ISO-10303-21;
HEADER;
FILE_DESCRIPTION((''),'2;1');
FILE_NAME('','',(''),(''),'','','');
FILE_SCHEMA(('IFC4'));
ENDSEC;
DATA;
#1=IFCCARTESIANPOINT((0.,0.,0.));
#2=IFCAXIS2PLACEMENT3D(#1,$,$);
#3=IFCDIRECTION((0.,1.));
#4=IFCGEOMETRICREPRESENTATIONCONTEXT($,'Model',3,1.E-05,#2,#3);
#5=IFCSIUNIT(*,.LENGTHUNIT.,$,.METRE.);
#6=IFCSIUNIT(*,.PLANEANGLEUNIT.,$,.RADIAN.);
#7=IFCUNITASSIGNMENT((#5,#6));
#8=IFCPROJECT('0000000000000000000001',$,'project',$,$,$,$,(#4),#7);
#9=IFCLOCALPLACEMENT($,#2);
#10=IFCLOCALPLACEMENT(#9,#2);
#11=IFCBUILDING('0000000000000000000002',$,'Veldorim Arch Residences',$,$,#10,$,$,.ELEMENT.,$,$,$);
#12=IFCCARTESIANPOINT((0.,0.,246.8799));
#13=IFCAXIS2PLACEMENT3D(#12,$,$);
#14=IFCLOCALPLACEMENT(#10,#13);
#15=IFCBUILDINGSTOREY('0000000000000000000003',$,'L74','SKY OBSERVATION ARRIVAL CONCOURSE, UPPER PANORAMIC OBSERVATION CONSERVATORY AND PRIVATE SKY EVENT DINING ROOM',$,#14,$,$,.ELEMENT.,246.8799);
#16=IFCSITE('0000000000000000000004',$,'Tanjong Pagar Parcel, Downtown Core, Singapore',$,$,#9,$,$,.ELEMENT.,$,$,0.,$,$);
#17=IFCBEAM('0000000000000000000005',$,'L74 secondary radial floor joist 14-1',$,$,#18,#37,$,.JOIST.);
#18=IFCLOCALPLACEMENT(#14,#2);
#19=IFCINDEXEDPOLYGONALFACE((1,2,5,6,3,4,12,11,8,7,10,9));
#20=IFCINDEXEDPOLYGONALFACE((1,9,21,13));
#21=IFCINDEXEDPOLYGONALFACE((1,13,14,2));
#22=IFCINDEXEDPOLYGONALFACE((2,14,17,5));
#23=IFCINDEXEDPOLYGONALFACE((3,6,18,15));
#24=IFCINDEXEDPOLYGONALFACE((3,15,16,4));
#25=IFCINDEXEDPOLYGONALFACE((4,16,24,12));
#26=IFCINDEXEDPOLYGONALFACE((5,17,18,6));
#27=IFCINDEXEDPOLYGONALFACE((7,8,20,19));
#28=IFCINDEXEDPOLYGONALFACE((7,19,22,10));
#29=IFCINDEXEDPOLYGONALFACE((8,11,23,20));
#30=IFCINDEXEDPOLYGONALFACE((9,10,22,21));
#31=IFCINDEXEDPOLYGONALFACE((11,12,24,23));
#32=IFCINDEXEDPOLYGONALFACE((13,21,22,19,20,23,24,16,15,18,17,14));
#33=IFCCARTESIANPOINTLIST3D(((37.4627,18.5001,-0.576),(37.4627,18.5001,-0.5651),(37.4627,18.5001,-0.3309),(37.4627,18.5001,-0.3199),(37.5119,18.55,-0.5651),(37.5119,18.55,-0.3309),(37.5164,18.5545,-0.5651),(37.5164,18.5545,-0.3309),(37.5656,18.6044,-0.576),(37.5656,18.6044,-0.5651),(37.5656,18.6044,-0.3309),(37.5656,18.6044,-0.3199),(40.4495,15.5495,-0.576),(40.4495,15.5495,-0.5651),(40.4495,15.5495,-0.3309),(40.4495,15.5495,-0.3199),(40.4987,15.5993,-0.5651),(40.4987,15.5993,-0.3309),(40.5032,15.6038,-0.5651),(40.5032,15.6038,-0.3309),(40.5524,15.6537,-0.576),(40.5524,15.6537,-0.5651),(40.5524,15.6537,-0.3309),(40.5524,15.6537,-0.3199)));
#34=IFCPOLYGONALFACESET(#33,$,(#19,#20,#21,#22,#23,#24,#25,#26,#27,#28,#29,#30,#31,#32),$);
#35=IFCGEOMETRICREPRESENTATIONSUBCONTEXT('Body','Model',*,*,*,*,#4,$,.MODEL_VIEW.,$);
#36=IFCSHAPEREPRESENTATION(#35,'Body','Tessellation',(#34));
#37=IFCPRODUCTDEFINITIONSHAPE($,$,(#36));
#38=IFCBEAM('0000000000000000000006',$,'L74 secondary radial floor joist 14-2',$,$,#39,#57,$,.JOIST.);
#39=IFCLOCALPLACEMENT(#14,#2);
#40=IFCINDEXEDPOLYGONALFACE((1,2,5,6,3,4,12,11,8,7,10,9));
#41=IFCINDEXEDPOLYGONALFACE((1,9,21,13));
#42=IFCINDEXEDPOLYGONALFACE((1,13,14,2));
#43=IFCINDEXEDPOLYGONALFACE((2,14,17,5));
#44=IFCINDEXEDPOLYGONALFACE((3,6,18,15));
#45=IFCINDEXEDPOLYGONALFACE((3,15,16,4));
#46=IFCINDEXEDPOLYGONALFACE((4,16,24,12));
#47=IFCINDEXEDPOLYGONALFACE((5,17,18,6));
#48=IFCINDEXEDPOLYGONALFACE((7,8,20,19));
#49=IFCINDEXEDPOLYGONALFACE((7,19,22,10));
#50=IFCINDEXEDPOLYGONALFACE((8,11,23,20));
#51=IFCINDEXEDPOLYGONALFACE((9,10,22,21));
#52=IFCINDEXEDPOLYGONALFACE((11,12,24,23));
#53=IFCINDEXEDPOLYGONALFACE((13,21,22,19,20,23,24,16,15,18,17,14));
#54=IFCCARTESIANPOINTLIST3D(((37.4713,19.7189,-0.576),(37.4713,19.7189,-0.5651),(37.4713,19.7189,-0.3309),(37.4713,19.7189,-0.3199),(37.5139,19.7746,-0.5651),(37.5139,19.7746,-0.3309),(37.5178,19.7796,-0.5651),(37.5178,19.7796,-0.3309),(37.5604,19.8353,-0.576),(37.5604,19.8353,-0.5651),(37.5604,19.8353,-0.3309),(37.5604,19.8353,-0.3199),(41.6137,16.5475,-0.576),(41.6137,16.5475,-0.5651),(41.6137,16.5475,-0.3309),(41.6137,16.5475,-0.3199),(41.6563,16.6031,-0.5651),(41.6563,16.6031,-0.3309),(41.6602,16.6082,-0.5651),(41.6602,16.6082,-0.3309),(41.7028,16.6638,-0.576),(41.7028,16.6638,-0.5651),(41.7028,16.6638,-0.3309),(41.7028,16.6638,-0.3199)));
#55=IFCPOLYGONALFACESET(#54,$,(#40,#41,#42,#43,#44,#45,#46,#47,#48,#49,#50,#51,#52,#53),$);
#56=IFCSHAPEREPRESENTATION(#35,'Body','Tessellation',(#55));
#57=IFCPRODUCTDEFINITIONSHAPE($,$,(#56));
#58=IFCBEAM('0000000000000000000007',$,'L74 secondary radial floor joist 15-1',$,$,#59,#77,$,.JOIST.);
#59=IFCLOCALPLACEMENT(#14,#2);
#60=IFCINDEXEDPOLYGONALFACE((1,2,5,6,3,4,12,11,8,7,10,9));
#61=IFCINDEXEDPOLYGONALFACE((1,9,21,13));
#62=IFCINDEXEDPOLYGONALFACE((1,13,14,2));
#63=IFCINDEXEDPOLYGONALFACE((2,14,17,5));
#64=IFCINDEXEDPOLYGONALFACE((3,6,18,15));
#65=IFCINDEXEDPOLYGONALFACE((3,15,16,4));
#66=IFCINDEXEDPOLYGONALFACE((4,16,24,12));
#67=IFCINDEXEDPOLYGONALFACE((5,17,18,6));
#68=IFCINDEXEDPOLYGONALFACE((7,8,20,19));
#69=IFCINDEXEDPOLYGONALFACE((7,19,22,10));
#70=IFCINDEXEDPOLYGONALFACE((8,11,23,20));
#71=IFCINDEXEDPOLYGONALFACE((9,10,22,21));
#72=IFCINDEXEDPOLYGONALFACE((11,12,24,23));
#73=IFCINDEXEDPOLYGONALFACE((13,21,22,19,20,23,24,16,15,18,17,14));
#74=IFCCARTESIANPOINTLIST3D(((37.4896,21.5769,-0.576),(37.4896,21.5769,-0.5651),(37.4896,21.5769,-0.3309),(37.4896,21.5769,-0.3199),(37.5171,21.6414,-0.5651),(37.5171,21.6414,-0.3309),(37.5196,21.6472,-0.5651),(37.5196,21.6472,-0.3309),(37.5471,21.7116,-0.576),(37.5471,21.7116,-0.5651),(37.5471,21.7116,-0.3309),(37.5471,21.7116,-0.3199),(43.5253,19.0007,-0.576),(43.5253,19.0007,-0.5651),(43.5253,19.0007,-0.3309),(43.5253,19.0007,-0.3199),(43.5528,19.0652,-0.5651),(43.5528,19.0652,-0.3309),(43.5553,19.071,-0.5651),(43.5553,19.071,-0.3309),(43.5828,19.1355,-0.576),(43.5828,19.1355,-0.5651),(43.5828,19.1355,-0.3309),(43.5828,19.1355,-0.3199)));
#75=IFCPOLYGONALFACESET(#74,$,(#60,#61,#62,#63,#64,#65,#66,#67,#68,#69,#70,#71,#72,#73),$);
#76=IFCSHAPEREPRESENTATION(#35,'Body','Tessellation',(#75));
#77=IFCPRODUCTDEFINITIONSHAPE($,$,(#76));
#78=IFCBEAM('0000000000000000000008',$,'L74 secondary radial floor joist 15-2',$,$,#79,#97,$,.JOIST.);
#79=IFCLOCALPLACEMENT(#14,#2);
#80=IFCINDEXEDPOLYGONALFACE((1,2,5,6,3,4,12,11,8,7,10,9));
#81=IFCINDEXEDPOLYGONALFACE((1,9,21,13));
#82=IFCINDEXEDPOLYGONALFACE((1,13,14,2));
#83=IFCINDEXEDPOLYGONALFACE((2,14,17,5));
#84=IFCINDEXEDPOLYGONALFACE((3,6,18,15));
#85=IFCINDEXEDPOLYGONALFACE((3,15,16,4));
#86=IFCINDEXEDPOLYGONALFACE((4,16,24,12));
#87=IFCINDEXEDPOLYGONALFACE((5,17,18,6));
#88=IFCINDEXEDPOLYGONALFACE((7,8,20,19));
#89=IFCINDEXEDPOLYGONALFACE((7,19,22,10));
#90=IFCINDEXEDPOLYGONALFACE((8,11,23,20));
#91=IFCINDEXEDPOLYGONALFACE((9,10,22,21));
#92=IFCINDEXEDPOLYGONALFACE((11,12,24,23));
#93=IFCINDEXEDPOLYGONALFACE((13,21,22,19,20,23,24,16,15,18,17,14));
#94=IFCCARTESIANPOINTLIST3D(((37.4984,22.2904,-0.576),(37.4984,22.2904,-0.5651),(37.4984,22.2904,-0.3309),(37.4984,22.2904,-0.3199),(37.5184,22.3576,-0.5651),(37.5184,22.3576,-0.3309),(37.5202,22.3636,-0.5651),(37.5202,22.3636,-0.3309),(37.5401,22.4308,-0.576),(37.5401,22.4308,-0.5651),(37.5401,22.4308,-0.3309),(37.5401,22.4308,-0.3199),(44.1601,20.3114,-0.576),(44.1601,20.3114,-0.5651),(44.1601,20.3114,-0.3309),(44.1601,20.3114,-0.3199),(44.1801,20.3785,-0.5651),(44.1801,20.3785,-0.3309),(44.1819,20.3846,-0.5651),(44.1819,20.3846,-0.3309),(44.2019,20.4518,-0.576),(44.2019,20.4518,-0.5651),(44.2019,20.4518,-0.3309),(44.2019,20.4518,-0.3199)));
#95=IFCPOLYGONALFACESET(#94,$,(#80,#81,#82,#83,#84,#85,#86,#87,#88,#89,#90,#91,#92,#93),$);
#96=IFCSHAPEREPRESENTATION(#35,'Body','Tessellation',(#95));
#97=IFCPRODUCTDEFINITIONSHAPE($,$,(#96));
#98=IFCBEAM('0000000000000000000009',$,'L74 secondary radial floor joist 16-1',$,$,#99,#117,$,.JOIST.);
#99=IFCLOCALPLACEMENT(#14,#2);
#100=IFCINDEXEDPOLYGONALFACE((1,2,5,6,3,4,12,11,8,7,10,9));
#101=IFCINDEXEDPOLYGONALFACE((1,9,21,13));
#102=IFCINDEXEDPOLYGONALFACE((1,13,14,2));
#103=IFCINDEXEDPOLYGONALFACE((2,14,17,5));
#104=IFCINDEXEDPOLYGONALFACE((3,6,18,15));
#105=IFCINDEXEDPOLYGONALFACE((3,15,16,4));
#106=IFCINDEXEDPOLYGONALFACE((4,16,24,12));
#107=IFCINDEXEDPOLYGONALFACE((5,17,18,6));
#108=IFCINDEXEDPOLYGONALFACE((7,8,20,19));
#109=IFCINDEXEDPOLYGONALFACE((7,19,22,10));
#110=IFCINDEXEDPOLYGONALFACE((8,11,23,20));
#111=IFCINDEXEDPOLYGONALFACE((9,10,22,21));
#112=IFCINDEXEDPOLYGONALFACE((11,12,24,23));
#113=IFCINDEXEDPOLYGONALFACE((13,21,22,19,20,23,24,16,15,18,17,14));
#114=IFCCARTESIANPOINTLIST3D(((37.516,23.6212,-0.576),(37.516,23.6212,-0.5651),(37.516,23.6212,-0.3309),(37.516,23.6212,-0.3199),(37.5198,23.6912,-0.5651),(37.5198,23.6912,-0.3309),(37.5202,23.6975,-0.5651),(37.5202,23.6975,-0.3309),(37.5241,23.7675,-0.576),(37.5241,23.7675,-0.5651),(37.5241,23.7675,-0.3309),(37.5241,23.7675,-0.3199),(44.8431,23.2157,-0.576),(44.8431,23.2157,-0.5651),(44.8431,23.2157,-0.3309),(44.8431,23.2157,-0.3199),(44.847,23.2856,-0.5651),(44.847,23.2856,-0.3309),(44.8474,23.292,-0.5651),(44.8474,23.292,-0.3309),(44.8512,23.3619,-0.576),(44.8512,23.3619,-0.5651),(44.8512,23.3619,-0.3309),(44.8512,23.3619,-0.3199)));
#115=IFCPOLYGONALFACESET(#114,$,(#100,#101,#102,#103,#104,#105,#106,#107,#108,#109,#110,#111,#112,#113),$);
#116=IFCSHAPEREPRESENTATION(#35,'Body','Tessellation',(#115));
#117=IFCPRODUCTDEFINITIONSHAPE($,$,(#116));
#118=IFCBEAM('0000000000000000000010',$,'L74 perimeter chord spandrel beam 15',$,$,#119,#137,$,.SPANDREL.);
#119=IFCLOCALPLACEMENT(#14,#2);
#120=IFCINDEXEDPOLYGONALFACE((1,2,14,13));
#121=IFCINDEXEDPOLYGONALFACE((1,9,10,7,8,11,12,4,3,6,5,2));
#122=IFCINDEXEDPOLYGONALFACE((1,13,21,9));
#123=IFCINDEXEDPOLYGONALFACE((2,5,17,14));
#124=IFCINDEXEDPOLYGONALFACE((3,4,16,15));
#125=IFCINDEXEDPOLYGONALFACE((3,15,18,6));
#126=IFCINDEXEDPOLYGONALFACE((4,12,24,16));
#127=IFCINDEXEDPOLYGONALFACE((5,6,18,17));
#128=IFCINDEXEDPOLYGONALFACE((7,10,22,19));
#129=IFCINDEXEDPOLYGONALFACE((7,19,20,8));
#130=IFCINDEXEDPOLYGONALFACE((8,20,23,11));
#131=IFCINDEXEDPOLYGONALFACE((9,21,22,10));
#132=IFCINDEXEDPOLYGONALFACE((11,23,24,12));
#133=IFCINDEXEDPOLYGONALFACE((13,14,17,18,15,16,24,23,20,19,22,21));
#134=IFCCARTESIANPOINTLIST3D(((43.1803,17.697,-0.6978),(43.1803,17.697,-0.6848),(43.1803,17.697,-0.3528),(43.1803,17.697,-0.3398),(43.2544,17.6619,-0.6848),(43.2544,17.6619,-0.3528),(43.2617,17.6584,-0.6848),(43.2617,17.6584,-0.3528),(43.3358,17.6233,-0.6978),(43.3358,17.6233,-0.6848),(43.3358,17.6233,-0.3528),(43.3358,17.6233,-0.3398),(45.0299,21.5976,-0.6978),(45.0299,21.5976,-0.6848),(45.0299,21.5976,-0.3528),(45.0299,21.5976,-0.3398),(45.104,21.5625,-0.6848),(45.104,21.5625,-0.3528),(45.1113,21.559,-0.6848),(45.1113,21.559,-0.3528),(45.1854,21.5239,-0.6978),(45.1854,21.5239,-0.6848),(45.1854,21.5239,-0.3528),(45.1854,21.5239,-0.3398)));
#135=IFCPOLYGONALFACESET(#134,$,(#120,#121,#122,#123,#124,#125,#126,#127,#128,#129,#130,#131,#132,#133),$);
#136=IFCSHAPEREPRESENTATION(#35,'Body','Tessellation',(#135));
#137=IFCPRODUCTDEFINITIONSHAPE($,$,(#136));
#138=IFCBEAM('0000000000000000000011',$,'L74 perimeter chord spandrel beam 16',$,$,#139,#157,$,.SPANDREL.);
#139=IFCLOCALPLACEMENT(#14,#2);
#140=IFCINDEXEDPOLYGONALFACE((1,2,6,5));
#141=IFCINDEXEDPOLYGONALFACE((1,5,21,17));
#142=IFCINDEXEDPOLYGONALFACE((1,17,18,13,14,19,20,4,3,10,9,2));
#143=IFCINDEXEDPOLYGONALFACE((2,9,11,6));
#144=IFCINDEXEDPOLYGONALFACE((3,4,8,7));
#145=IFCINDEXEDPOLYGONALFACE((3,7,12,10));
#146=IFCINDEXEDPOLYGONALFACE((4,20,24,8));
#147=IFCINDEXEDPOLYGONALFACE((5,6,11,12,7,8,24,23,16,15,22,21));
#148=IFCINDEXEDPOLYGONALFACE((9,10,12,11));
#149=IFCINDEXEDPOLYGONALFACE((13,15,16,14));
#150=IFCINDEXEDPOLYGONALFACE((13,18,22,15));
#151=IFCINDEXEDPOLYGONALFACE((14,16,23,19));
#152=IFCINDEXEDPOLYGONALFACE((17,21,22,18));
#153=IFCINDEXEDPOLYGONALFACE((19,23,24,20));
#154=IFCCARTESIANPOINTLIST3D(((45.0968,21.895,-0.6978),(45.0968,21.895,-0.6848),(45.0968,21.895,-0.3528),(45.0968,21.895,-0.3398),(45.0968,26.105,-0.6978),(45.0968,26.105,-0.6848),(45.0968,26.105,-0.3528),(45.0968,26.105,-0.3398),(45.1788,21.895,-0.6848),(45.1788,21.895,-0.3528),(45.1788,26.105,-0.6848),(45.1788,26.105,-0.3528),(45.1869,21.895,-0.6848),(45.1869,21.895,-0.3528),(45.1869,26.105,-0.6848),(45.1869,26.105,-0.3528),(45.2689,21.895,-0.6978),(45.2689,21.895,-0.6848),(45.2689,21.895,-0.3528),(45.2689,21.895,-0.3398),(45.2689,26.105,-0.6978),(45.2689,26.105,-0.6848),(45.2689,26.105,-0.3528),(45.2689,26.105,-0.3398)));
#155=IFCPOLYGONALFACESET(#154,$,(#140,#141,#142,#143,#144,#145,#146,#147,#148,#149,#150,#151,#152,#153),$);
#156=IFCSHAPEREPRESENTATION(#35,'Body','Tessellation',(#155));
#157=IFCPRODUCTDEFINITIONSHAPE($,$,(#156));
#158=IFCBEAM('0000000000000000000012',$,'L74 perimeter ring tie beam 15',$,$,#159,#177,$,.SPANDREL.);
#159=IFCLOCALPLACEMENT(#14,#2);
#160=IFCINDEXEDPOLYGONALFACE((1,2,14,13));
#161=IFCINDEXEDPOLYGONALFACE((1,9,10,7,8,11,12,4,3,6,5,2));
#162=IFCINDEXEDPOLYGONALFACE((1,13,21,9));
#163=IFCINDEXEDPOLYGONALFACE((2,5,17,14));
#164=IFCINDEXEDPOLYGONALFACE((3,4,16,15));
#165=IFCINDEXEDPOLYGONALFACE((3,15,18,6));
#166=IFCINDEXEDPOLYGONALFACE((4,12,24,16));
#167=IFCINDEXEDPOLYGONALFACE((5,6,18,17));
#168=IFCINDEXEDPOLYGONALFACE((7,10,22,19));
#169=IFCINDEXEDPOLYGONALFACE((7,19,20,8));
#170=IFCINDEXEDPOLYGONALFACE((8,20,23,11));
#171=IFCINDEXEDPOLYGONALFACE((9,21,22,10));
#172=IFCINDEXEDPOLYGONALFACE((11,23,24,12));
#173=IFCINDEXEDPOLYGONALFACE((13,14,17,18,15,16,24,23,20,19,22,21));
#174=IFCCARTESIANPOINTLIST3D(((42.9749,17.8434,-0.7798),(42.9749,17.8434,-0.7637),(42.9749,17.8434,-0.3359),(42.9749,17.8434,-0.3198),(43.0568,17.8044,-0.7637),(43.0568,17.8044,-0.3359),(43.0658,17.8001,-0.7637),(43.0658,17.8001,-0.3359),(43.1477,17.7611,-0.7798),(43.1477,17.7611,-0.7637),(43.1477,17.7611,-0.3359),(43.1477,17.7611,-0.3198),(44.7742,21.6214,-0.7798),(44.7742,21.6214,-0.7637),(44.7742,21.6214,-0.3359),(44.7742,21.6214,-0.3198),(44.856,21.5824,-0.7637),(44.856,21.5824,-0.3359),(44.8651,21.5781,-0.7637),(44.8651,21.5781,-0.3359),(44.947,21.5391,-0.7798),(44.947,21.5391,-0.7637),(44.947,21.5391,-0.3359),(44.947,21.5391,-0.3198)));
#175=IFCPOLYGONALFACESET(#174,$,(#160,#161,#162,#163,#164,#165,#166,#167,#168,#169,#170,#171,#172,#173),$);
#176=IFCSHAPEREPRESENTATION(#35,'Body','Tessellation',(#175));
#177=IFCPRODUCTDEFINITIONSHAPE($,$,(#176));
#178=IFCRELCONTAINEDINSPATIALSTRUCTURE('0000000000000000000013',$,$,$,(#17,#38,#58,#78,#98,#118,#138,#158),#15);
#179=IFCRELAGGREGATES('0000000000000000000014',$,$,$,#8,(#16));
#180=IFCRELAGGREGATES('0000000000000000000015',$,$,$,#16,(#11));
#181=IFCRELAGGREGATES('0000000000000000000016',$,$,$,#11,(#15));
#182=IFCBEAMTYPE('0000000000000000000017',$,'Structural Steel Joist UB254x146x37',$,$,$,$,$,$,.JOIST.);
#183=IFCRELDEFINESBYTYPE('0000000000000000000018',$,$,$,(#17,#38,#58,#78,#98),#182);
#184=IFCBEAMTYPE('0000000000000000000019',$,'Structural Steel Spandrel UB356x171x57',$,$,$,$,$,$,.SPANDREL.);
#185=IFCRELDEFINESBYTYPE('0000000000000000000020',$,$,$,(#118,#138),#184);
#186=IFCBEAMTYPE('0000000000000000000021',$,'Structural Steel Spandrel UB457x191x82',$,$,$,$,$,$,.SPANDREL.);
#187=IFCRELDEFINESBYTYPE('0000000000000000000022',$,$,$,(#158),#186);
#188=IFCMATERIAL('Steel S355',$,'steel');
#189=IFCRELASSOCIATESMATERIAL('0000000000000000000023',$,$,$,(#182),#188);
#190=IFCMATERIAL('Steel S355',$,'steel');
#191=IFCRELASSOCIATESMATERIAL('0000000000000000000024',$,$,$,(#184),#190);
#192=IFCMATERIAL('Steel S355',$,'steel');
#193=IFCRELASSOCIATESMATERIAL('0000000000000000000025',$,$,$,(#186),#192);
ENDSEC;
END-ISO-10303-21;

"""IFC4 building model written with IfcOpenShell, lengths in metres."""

from ifc_helpers import new_model, si_unit, direction, frame, origin, origin_2d, place, context, subcontext, project, spatial, i_section, extrude, material, material_profile, profile_set, type_object, element, save


model = new_model("IFC4")

# Units and contexts
model_context = context("Model", 3, precision=1e-05, world=origin(), true_north=direction((0.0, 1.0)))
body_context = subcontext(model_context, "Body", "Model", "MODEL_VIEW")
ifc_project = project(units=[si_unit("LENGTHUNIT", "METRE"), si_unit("PLANEANGLEUNIT", "RADIAN")], contexts=[model_context])

# Site, building, storey
site_placement = place(None, origin())
site = spatial("IfcSite", under=ifc_project, at=site_placement, Name="Tanjong Pagar Parcel, Downtown Core, Singapore", CompositionType="ELEMENT", RefElevation=0.0)
building_placement = place(site_placement, origin())
building = spatial("IfcBuilding", under=site, at=building_placement, Name="Veldorim Arch Residences", CompositionType="ELEMENT")
storey_placement = place(building_placement, frame((0.0, 0.0, 246.8799)))
storey = spatial("IfcBuildingStorey", under=building, at=storey_placement, Name="L74", Description="SKY OBSERVATION ARRIVAL CONCOURSE, UPPER PANORAMIC OBSERVATION CONSERVATORY AND PRIVATE SKY EVENT DINING ROOM", CompositionType="ELEMENT", Elevation=246.8799)

# Beams
ifc_material_1 = material(Name="Steel S355", Category="steel")
ifc_material_profile_1 = material_profile(ifc_material_1, i_section(OverallWidth=0.1465, OverallDepth=0.2561, WebThickness=0.0063, FlangeThickness=0.011, at=origin_2d()), Name="UB254x146x37")
ifc_profile_set_1 = profile_set([ifc_material_profile_1], Name="Steel S355")
beam_type_1 = type_object("IfcBeamType", Name="Structural Steel Joist UB254x146x37", PredefinedType="JOIST", material=ifc_profile_set_1)
beam_1_placement = place(storey_placement, frame((37.5142, 18.5522, -0.448), z_axis=(0.711397, -0.702791, 0.0), x_axis=(0.702791, 0.711397, 0.0)))
element("IfcBeam", 1, at=beam_1_placement, inside=storey, type_object=beam_type_1, Name="L74 secondary radial floor joist 14-1", PredefinedType="JOIST", context=body_context, shape_type="SweptSolid", body=[
    extrude(i_section(OverallWidth=0.1465, OverallDepth=0.2561, WebThickness=0.0063, FlangeThickness=0.011, at=origin_2d()), origin(), (0.0, 0.0, 1.0), 4.1985),
])
beam_2_placement = place(storey_placement, frame((37.5159, 19.7771, -0.448), z_axis=(0.794014, -0.6079, 0.0), x_axis=(0.6079, 0.794014, 0.0)))
element("IfcBeam", 2, at=beam_2_placement, inside=storey, type_object=beam_type_1, Name="L74 secondary radial floor joist 14-2", PredefinedType="JOIST", context=body_context, shape_type="SweptSolid", body=[
    extrude(i_section(OverallWidth=0.1465, OverallDepth=0.2561, WebThickness=0.0063, FlangeThickness=0.011, at=origin_2d()), origin(), (0.0, 0.0, 1.0), 5.217),
])
beam_3_placement = place(storey_placement, frame((37.5183, 21.6443, -0.448), z_axis=(0.919725, -0.392563, 0.0), x_axis=(0.392563, 0.919725, 0.0)))
element("IfcBeam", 3, at=beam_3_placement, inside=storey, type_object=beam_type_1, Name="L74 secondary radial floor joist 15-1", PredefinedType="JOIST", context=body_context, shape_type="SweptSolid", body=[
    extrude(i_section(OverallWidth=0.1465, OverallDepth=0.2561, WebThickness=0.0063, FlangeThickness=0.011, at=origin_2d()), origin(), (0.0, 0.0, 1.0), 6.5625),
])
beam_4_placement = place(storey_placement, frame((37.5193, 22.3606, -0.448), z_axis=(0.958594, -0.284775, 0.0), x_axis=(0.284775, 0.958594, 0.0)))
element("IfcBeam", 4, at=beam_4_placement, inside=storey, type_object=beam_type_1, Name="L74 secondary radial floor joist 15-2", PredefinedType="JOIST", context=body_context, shape_type="SweptSolid", body=[
    extrude(i_section(OverallWidth=0.1465, OverallDepth=0.2561, WebThickness=0.0063, FlangeThickness=0.011, at=origin_2d()), origin(), (0.0, 0.0, 1.0), 6.9495),
])
beam_5_placement = place(storey_placement, frame((37.52, 23.6943, -0.448), z_axis=(0.998472, -0.05526, 0.0), x_axis=(0.05526, 0.998472, 0.0)))
element("IfcBeam", 5, at=beam_5_placement, inside=storey, type_object=beam_type_1, Name="L74 secondary radial floor joist 16-1", PredefinedType="JOIST", context=body_context, shape_type="SweptSolid", body=[
    extrude(i_section(OverallWidth=0.1465, OverallDepth=0.2561, WebThickness=0.0063, FlangeThickness=0.011, at=origin_2d()), origin(), (0.0, 0.0, 1.0), 7.3384),
])
ifc_material_2 = material(Name="Steel S355", Category="steel")
ifc_material_profile_2 = material_profile(ifc_material_2, i_section(OverallWidth=0.1721, OverallDepth=0.3579, WebThickness=0.0081, FlangeThickness=0.0129, at=origin_2d()), Name="UB356x171x57")
ifc_profile_set_2 = profile_set([ifc_material_profile_2], Name="Steel S355")
beam_type_2 = type_object("IfcBeamType", Name="Structural Steel Spandrel UB356x171x57", PredefinedType="SPANDREL", material=ifc_profile_set_2)
beam_6_placement = place(storey_placement, frame((43.2581, 17.6602, -0.5188), z_axis=(0.428453, 0.903564, 0.0), x_axis=(-0.903564, 0.428453, 0.0)))
element("IfcBeam", 6, at=beam_6_placement, inside=storey, type_object=beam_type_2, Name="L74 perimeter chord spandrel beam 15", PredefinedType="SPANDREL", context=body_context, shape_type="SweptSolid", body=[
    extrude(i_section(OverallWidth=0.1721, OverallDepth=0.3579, WebThickness=0.0081, FlangeThickness=0.0129, at=origin_2d()), origin(), (0.0, 0.0, 1.0), 4.3169),
])
beam_7_placement = place(storey_placement, frame((45.1829, 21.895, -0.5188), z_axis=(0.0, 1.0, 0.0), x_axis=(-1.0, 0.0, 0.0)))
element("IfcBeam", 7, at=beam_7_placement, inside=storey, type_object=beam_type_2, Name="L74 perimeter chord spandrel beam 16", PredefinedType="SPANDREL", context=body_context, shape_type="SweptSolid", body=[
    extrude(i_section(OverallWidth=0.1721, OverallDepth=0.3579, WebThickness=0.0081, FlangeThickness=0.0129, at=origin_2d()), origin(), (0.0, 0.0, 1.0), 4.21),
])
ifc_material_3 = material(Name="Steel S355", Category="steel")
ifc_material_profile_3 = material_profile(ifc_material_3, i_section(OverallWidth=0.1914, OverallDepth=0.46, WebThickness=0.01, FlangeThickness=0.0161, at=origin_2d()), Name="UB457x191x82")
ifc_profile_set_3 = profile_set([ifc_material_profile_3], Name="Steel S355")
beam_type_3 = type_object("IfcBeamType", Name="Structural Steel Spandrel UB457x191x82", PredefinedType="SPANDREL", material=ifc_profile_set_3)
beam_8_placement = place(storey_placement, frame((43.0613, 17.8022, -0.5498), z_axis=(0.429979, 0.902839, 0.0), x_axis=(-0.902839, 0.429979, 0.0)))
element("IfcBeam", 8, at=beam_8_placement, inside=storey, type_object=beam_type_3, Name="L74 perimeter ring tie beam 15", PredefinedType="SPANDREL", context=body_context, shape_type="SweptSolid", body=[
    extrude(i_section(OverallWidth=0.1914, OverallDepth=0.46, WebThickness=0.01, FlangeThickness=0.0161, at=origin_2d()), origin(), (0.0, 0.0, 1.0), 4.1846),
])

save(model, "model.ifc")
